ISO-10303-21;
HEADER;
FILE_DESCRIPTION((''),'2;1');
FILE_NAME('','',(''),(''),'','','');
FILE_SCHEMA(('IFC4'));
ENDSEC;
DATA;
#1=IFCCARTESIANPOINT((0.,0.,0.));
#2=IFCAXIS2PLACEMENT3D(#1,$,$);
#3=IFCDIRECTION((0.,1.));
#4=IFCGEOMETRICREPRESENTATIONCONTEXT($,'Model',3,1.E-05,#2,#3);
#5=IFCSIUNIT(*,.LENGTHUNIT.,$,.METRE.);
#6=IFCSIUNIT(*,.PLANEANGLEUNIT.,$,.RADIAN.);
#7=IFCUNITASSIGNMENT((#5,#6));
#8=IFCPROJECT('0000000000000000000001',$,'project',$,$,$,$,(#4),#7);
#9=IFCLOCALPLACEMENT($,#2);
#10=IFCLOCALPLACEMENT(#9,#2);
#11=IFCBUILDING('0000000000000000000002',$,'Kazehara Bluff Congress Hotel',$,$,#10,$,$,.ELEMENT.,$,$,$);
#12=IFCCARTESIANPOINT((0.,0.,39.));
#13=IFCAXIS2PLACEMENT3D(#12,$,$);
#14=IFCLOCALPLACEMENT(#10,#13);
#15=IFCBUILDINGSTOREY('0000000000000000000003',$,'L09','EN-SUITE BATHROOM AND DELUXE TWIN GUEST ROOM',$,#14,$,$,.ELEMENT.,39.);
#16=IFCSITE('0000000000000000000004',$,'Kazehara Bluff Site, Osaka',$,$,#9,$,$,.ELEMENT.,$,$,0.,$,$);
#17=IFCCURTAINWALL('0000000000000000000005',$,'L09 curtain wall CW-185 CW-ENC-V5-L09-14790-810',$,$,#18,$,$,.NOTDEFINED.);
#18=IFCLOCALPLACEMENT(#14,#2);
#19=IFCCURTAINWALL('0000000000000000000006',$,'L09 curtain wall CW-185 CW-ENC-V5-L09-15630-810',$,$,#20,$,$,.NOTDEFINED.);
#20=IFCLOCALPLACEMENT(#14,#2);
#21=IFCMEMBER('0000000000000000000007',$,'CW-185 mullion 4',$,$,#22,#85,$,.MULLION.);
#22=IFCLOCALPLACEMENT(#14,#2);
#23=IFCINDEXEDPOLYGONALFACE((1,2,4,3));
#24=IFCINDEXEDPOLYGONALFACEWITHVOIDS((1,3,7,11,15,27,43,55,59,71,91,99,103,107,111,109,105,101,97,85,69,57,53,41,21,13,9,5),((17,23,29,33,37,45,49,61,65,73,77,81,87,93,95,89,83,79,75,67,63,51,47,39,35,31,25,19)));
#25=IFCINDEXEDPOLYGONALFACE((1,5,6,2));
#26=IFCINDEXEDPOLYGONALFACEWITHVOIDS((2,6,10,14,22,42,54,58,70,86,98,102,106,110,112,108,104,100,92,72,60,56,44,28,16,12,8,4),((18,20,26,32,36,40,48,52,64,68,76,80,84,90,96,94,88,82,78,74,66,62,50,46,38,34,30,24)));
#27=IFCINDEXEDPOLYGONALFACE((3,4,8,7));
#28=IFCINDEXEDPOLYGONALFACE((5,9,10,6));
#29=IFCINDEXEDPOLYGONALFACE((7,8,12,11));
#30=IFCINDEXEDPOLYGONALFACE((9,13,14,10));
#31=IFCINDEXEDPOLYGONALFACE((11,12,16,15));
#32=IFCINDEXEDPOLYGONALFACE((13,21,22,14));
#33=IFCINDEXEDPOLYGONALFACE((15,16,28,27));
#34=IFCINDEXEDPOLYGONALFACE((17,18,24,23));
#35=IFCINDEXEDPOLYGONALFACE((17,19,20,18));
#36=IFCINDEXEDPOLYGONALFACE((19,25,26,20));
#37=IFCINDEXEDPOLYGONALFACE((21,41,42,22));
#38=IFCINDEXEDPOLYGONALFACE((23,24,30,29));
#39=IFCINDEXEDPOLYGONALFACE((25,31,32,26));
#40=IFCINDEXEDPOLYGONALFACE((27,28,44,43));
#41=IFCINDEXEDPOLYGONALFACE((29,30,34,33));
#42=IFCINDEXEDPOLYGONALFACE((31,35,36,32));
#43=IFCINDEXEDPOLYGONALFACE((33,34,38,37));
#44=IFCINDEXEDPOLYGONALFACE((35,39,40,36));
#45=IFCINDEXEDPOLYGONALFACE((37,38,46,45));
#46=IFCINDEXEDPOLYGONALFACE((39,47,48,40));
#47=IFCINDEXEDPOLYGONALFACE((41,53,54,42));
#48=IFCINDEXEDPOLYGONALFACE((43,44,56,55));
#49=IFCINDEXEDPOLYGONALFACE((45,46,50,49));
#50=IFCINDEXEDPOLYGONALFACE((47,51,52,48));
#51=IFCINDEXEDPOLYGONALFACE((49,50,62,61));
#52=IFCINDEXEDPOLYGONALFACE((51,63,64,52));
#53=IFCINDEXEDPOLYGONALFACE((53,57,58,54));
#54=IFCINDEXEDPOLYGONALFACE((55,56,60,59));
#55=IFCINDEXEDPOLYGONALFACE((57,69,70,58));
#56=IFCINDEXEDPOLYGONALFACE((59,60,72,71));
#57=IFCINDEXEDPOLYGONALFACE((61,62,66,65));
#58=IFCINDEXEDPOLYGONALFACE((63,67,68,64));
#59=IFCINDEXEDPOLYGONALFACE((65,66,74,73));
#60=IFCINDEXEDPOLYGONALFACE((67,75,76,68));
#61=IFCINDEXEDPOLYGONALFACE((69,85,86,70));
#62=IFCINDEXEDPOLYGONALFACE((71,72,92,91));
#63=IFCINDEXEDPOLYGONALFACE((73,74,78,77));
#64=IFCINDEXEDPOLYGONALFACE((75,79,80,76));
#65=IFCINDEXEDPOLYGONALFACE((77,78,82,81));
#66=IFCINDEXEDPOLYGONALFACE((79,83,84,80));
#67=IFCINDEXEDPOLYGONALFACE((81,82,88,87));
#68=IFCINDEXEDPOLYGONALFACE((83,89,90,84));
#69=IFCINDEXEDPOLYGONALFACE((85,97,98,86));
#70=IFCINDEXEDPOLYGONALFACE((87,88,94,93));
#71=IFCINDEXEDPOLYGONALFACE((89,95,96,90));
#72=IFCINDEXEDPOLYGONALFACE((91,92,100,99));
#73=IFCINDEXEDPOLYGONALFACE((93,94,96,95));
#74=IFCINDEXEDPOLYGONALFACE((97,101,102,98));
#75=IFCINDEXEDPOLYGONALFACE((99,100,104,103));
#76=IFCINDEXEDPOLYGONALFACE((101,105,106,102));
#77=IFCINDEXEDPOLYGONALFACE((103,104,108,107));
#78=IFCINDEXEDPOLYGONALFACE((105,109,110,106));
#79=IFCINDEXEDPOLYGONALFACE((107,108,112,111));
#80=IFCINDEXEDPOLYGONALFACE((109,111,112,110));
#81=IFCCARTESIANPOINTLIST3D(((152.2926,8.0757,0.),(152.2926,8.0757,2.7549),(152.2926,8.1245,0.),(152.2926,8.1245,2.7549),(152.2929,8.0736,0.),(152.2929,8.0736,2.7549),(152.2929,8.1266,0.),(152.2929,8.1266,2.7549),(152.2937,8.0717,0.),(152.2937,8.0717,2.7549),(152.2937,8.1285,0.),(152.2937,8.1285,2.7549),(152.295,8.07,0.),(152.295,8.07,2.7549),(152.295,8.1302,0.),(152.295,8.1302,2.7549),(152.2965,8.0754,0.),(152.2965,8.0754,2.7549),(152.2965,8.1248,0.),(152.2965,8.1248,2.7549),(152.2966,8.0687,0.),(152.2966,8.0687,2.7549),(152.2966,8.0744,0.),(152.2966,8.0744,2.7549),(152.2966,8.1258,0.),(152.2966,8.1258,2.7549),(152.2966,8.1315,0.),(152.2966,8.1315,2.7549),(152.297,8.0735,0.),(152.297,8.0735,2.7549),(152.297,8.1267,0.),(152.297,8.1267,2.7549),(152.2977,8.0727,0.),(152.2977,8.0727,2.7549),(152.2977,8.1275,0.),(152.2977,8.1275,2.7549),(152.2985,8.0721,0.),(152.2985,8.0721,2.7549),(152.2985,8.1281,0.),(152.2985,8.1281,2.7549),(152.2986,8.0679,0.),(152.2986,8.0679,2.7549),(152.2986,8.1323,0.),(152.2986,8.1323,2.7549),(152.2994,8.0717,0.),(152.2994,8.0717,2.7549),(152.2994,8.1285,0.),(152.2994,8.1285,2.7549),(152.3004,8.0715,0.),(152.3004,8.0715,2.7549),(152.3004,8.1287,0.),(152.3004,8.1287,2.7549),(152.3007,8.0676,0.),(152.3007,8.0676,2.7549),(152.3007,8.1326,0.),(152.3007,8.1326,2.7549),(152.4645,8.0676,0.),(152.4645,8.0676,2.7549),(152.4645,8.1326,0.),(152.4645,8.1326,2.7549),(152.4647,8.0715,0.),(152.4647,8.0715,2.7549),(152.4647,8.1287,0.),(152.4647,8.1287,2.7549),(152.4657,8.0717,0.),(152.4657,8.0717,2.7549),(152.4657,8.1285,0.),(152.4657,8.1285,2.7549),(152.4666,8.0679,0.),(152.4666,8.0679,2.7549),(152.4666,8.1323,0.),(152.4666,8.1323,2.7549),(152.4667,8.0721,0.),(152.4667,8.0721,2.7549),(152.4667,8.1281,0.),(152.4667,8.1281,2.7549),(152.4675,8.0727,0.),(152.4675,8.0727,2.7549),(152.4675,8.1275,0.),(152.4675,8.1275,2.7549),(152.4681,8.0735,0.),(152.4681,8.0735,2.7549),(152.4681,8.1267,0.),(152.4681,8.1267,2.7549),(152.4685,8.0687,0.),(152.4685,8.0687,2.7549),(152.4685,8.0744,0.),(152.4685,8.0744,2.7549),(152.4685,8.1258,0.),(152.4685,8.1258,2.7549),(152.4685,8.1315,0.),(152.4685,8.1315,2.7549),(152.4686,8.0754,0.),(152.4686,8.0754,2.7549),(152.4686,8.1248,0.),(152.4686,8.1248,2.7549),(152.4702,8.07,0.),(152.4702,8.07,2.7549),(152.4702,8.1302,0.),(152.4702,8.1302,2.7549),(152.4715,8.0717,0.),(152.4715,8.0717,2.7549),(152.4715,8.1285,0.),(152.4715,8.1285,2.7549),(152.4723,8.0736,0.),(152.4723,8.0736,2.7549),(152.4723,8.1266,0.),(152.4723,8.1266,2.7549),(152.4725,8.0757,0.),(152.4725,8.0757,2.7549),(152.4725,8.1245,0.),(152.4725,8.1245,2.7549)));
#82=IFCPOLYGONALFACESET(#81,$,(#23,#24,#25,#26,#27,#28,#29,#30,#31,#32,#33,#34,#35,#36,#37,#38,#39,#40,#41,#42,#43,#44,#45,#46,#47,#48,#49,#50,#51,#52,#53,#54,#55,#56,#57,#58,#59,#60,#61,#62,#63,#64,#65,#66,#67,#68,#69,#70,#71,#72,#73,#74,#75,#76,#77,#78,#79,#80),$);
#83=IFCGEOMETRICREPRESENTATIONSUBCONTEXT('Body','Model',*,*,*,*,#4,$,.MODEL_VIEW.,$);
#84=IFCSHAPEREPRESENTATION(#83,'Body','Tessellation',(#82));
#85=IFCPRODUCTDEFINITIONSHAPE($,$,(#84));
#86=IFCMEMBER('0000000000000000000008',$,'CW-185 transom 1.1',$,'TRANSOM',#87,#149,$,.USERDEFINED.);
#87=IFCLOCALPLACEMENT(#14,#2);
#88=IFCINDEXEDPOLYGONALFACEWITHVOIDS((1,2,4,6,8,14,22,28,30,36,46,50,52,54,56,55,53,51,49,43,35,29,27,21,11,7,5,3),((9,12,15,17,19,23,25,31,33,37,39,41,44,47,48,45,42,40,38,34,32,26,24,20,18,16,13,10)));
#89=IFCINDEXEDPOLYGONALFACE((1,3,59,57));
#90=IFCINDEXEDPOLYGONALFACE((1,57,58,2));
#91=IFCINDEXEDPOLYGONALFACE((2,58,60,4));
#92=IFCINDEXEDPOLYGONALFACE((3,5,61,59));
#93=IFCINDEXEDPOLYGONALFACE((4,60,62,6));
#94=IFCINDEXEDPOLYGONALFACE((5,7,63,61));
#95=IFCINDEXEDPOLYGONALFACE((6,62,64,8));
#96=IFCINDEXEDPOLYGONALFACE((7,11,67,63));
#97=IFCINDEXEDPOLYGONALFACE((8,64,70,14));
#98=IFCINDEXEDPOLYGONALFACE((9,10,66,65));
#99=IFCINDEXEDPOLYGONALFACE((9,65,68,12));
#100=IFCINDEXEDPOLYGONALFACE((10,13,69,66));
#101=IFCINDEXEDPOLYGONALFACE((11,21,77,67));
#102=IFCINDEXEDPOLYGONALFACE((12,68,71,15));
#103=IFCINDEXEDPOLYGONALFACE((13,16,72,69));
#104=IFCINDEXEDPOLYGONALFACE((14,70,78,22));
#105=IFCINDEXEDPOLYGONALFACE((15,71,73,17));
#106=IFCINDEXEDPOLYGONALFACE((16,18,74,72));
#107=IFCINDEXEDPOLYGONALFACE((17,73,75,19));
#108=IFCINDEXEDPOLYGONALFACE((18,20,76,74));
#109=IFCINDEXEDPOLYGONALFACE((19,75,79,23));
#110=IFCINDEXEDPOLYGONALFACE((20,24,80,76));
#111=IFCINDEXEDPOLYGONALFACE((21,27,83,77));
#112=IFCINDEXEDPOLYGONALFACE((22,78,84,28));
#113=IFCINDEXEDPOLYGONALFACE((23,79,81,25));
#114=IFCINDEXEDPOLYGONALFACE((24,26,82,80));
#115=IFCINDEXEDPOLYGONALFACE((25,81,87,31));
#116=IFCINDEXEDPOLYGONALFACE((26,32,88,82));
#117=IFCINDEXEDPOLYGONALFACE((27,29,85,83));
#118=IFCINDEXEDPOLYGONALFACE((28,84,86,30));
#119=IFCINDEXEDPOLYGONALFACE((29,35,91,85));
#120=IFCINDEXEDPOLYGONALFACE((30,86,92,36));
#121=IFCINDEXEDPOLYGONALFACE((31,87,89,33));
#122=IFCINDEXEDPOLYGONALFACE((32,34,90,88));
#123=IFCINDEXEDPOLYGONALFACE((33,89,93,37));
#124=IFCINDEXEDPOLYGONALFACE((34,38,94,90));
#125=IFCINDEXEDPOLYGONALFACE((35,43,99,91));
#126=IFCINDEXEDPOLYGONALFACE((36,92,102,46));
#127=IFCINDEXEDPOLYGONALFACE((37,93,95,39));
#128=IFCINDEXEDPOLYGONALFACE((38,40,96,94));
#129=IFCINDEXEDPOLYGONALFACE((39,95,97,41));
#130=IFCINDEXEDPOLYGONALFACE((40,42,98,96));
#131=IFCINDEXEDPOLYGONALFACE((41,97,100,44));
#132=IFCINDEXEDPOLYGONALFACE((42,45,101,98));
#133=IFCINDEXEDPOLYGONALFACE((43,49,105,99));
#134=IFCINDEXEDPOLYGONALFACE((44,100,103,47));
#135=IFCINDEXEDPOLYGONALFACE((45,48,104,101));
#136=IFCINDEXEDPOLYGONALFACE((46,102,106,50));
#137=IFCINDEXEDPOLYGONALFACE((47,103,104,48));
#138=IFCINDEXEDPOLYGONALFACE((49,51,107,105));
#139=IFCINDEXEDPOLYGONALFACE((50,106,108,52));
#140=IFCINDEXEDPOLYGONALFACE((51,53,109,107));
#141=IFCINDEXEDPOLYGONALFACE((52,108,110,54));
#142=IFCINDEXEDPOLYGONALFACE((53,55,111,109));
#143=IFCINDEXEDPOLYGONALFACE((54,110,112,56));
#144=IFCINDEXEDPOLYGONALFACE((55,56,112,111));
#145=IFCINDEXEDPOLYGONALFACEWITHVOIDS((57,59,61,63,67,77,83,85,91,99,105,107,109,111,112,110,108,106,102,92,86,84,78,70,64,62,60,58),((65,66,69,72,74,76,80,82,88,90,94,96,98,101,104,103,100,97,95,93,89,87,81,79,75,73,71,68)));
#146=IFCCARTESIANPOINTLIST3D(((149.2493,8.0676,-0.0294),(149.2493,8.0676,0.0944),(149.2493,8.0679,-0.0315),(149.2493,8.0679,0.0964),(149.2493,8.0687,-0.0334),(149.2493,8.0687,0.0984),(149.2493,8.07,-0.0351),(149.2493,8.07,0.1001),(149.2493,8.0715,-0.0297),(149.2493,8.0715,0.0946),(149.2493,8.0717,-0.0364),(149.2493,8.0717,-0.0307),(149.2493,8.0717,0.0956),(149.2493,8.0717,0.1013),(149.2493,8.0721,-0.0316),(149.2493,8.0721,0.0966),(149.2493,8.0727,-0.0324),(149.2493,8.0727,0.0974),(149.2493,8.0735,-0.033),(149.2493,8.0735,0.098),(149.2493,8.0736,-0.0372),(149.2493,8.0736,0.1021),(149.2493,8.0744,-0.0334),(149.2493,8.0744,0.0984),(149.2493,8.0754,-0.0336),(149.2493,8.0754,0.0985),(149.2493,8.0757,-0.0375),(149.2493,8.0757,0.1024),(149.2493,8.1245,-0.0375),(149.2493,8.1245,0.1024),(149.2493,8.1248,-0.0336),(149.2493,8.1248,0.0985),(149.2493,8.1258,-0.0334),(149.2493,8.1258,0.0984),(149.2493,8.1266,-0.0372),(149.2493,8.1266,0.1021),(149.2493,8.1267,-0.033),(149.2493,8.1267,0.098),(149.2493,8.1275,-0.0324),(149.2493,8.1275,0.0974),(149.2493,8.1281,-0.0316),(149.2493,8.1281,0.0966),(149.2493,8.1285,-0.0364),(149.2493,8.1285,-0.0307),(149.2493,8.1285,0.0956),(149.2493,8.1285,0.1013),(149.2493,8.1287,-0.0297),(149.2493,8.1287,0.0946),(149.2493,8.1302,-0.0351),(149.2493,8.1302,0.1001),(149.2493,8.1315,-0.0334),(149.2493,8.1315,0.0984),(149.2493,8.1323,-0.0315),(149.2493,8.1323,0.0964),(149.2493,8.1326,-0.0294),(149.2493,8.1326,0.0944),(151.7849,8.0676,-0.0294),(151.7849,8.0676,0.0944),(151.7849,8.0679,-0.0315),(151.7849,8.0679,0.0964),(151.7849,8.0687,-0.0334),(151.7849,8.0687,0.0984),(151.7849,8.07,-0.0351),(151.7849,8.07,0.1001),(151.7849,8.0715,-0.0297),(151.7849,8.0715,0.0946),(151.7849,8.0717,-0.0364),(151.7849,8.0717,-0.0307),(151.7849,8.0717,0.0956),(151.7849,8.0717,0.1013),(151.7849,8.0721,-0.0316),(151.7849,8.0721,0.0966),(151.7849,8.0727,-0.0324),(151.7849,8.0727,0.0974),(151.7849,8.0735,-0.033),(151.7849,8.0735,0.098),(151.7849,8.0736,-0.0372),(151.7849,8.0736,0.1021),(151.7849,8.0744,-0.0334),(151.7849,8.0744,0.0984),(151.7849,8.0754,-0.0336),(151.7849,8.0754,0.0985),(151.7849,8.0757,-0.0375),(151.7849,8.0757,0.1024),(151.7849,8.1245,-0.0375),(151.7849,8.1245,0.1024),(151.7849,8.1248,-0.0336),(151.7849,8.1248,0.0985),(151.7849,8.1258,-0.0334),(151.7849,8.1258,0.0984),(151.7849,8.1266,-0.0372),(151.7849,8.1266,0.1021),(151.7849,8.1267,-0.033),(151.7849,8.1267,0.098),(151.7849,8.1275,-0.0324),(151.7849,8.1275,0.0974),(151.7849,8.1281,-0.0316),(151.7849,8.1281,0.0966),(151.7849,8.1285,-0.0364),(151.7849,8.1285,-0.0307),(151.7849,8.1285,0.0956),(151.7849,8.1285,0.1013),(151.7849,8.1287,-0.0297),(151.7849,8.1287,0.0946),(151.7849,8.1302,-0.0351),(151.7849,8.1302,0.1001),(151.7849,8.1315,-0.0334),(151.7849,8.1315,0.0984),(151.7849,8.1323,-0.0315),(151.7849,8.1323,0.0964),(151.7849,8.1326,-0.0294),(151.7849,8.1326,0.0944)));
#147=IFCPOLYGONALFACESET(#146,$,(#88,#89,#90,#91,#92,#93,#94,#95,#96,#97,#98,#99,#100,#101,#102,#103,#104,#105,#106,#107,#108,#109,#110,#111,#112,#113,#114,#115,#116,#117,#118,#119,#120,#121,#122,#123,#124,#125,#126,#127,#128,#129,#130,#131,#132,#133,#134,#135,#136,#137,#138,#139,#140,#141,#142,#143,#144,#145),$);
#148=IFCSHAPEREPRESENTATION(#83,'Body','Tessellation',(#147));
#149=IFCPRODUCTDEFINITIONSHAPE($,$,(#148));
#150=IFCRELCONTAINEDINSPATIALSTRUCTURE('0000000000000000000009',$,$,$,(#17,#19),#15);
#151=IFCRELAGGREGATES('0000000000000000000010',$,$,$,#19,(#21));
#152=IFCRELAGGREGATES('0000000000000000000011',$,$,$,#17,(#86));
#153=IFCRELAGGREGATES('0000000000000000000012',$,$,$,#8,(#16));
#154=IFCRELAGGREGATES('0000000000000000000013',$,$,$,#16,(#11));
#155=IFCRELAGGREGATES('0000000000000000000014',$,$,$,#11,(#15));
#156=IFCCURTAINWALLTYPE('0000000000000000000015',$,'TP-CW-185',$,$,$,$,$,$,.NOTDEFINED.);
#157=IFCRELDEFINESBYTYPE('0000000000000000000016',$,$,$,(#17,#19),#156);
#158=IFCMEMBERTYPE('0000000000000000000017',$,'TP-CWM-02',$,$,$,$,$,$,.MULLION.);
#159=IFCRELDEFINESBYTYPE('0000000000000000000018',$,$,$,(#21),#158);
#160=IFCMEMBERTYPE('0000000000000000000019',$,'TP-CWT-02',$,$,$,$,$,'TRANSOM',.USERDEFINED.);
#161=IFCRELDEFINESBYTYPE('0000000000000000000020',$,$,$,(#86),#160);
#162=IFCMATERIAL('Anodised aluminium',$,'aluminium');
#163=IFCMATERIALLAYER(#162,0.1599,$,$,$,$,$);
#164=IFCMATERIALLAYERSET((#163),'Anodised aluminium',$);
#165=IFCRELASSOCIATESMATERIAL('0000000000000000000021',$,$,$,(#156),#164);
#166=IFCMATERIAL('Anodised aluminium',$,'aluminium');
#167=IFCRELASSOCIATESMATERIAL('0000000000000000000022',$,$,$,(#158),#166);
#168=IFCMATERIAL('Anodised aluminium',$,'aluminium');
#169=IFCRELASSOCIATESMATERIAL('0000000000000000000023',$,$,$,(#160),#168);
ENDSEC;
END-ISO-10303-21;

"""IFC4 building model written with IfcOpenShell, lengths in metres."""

from ifc_helpers import new_model, si_unit, direction, frame, origin, origin_2d, place, context, subcontext, project, spatial, hollow_rectangle, extrude, material, layer, layer_set, material_profile, profile_set, type_object, element, aggregate, save


model = new_model("IFC4")

# Units and contexts
model_context = context("Model", 3, precision=1e-05, world=origin(), true_north=direction((0.0, 1.0)))
body_context = subcontext(model_context, "Body", "Model", "MODEL_VIEW")
ifc_project = project(units=[si_unit("LENGTHUNIT", "METRE"), si_unit("PLANEANGLEUNIT", "RADIAN")], contexts=[model_context])

# Site, building, storey
site_placement = place(None, origin())
site = spatial("IfcSite", under=ifc_project, at=site_placement, Name="Kazehara Bluff Site, Osaka", CompositionType="ELEMENT", RefElevation=0.0)
building_placement = place(site_placement, origin())
building = spatial("IfcBuilding", under=site, at=building_placement, Name="Kazehara Bluff Congress Hotel", CompositionType="ELEMENT")
storey_placement = place(building_placement, frame((0.0, 0.0, 39.0)))
storey = spatial("IfcBuildingStorey", under=building, at=storey_placement, Name="L09", Description="EN-SUITE BATHROOM AND DELUXE TWIN GUEST ROOM", CompositionType="ELEMENT", Elevation=39.0)

# Curtain walls, member
ifc_material_1 = material(Name="Anodised aluminium", Category="aluminium")
ifc_layer_1 = layer(ifc_material_1, 0.1599)
ifc_layer_set_1 = layer_set([ifc_layer_1], Name="Anodised aluminium")
curtain_wall_type = type_object("IfcCurtainWallType", Name="TP-CW-185", PredefinedType="NOTDEFINED", material=ifc_layer_set_1)
curtain_wall_1_placement = place(storey_placement, origin())
curtain_wall_1 = element("IfcCurtainWall", 1, at=curtain_wall_1_placement, inside=storey, type_object=curtain_wall_type, Name="L09 curtain wall CW-185 CW-ENC-V5-L09-14790-810", PredefinedType="NOTDEFINED")
ifc_material_2 = material(Name="Anodised aluminium", Category="aluminium")
ifc_material_profile_1 = material_profile(ifc_material_2, hollow_rectangle(XDim=0.0649, YDim=0.1799, WallThickness=0.0039, InnerFilletRadius=0.0039, OuterFilletRadius=0.0081, at=origin_2d()))
ifc_profile_set_1 = profile_set([ifc_material_profile_1], Name="Anodised aluminium")
member_type_1 = type_object("IfcMemberType", Name="TP-CWM-02", PredefinedType="MULLION", material=ifc_profile_set_1)
curtain_wall_2_placement = place(storey_placement, origin())
curtain_wall_2 = element("IfcCurtainWall", 2, at=curtain_wall_2_placement, inside=storey, type_object=curtain_wall_type, Name="L09 curtain wall CW-185 CW-ENC-V5-L09-15630-810", PredefinedType="NOTDEFINED")
member_1_placement = place(storey_placement, frame((152.3826, 8.1001, 0.0), z_axis=(0.0, 0.0, 1.0), x_axis=(0.0, -1.0, 0.0)))
member_1 = element("IfcMember", 3, at=member_1_placement, type_object=member_type_1, Name="CW-185 mullion 4", PredefinedType="MULLION", context=body_context, shape_type="SweptSolid", body=[
    extrude(hollow_rectangle(XDim=0.0649, YDim=0.1799, WallThickness=0.0039, InnerFilletRadius=0.0039, OuterFilletRadius=0.0081, at=origin_2d()), origin(), (0.0, 0.0, 1.0), 2.7549),
])
aggregate(curtain_wall_2, [member_1])

# Member
ifc_material_3 = material(Name="Anodised aluminium", Category="aluminium")
ifc_material_profile_2 = material_profile(ifc_material_3, hollow_rectangle(XDim=0.0649, YDim=0.1399, WallThickness=0.0039, InnerFilletRadius=0.0039, OuterFilletRadius=0.0081, at=origin_2d()))
ifc_profile_set_2 = profile_set([ifc_material_profile_2], Name="Anodised aluminium")
member_type_2 = type_object("IfcMemberType", Name="TP-CWT-02", ElementType="TRANSOM", PredefinedType="USERDEFINED", material=ifc_profile_set_2)
member_2_placement = place(storey_placement, frame((151.7849, 8.1001, 0.0325), z_axis=(-1.0, 0.0, 0.0), x_axis=(0.0, -1.0, 0.0)))
member_2 = element("IfcMember", 4, at=member_2_placement, type_object=member_type_2, Name="CW-185 transom 1.1", ObjectType="TRANSOM", PredefinedType="USERDEFINED", context=body_context, shape_type="SweptSolid", body=[
    extrude(hollow_rectangle(XDim=0.0649, YDim=0.1399, WallThickness=0.0039, InnerFilletRadius=0.0039, OuterFilletRadius=0.0081, at=origin_2d()), origin(), (0.0, 0.0, 1.0), 2.5356),
])

aggregate(curtain_wall_1, [member_2])

save(model, "model.ifc")
